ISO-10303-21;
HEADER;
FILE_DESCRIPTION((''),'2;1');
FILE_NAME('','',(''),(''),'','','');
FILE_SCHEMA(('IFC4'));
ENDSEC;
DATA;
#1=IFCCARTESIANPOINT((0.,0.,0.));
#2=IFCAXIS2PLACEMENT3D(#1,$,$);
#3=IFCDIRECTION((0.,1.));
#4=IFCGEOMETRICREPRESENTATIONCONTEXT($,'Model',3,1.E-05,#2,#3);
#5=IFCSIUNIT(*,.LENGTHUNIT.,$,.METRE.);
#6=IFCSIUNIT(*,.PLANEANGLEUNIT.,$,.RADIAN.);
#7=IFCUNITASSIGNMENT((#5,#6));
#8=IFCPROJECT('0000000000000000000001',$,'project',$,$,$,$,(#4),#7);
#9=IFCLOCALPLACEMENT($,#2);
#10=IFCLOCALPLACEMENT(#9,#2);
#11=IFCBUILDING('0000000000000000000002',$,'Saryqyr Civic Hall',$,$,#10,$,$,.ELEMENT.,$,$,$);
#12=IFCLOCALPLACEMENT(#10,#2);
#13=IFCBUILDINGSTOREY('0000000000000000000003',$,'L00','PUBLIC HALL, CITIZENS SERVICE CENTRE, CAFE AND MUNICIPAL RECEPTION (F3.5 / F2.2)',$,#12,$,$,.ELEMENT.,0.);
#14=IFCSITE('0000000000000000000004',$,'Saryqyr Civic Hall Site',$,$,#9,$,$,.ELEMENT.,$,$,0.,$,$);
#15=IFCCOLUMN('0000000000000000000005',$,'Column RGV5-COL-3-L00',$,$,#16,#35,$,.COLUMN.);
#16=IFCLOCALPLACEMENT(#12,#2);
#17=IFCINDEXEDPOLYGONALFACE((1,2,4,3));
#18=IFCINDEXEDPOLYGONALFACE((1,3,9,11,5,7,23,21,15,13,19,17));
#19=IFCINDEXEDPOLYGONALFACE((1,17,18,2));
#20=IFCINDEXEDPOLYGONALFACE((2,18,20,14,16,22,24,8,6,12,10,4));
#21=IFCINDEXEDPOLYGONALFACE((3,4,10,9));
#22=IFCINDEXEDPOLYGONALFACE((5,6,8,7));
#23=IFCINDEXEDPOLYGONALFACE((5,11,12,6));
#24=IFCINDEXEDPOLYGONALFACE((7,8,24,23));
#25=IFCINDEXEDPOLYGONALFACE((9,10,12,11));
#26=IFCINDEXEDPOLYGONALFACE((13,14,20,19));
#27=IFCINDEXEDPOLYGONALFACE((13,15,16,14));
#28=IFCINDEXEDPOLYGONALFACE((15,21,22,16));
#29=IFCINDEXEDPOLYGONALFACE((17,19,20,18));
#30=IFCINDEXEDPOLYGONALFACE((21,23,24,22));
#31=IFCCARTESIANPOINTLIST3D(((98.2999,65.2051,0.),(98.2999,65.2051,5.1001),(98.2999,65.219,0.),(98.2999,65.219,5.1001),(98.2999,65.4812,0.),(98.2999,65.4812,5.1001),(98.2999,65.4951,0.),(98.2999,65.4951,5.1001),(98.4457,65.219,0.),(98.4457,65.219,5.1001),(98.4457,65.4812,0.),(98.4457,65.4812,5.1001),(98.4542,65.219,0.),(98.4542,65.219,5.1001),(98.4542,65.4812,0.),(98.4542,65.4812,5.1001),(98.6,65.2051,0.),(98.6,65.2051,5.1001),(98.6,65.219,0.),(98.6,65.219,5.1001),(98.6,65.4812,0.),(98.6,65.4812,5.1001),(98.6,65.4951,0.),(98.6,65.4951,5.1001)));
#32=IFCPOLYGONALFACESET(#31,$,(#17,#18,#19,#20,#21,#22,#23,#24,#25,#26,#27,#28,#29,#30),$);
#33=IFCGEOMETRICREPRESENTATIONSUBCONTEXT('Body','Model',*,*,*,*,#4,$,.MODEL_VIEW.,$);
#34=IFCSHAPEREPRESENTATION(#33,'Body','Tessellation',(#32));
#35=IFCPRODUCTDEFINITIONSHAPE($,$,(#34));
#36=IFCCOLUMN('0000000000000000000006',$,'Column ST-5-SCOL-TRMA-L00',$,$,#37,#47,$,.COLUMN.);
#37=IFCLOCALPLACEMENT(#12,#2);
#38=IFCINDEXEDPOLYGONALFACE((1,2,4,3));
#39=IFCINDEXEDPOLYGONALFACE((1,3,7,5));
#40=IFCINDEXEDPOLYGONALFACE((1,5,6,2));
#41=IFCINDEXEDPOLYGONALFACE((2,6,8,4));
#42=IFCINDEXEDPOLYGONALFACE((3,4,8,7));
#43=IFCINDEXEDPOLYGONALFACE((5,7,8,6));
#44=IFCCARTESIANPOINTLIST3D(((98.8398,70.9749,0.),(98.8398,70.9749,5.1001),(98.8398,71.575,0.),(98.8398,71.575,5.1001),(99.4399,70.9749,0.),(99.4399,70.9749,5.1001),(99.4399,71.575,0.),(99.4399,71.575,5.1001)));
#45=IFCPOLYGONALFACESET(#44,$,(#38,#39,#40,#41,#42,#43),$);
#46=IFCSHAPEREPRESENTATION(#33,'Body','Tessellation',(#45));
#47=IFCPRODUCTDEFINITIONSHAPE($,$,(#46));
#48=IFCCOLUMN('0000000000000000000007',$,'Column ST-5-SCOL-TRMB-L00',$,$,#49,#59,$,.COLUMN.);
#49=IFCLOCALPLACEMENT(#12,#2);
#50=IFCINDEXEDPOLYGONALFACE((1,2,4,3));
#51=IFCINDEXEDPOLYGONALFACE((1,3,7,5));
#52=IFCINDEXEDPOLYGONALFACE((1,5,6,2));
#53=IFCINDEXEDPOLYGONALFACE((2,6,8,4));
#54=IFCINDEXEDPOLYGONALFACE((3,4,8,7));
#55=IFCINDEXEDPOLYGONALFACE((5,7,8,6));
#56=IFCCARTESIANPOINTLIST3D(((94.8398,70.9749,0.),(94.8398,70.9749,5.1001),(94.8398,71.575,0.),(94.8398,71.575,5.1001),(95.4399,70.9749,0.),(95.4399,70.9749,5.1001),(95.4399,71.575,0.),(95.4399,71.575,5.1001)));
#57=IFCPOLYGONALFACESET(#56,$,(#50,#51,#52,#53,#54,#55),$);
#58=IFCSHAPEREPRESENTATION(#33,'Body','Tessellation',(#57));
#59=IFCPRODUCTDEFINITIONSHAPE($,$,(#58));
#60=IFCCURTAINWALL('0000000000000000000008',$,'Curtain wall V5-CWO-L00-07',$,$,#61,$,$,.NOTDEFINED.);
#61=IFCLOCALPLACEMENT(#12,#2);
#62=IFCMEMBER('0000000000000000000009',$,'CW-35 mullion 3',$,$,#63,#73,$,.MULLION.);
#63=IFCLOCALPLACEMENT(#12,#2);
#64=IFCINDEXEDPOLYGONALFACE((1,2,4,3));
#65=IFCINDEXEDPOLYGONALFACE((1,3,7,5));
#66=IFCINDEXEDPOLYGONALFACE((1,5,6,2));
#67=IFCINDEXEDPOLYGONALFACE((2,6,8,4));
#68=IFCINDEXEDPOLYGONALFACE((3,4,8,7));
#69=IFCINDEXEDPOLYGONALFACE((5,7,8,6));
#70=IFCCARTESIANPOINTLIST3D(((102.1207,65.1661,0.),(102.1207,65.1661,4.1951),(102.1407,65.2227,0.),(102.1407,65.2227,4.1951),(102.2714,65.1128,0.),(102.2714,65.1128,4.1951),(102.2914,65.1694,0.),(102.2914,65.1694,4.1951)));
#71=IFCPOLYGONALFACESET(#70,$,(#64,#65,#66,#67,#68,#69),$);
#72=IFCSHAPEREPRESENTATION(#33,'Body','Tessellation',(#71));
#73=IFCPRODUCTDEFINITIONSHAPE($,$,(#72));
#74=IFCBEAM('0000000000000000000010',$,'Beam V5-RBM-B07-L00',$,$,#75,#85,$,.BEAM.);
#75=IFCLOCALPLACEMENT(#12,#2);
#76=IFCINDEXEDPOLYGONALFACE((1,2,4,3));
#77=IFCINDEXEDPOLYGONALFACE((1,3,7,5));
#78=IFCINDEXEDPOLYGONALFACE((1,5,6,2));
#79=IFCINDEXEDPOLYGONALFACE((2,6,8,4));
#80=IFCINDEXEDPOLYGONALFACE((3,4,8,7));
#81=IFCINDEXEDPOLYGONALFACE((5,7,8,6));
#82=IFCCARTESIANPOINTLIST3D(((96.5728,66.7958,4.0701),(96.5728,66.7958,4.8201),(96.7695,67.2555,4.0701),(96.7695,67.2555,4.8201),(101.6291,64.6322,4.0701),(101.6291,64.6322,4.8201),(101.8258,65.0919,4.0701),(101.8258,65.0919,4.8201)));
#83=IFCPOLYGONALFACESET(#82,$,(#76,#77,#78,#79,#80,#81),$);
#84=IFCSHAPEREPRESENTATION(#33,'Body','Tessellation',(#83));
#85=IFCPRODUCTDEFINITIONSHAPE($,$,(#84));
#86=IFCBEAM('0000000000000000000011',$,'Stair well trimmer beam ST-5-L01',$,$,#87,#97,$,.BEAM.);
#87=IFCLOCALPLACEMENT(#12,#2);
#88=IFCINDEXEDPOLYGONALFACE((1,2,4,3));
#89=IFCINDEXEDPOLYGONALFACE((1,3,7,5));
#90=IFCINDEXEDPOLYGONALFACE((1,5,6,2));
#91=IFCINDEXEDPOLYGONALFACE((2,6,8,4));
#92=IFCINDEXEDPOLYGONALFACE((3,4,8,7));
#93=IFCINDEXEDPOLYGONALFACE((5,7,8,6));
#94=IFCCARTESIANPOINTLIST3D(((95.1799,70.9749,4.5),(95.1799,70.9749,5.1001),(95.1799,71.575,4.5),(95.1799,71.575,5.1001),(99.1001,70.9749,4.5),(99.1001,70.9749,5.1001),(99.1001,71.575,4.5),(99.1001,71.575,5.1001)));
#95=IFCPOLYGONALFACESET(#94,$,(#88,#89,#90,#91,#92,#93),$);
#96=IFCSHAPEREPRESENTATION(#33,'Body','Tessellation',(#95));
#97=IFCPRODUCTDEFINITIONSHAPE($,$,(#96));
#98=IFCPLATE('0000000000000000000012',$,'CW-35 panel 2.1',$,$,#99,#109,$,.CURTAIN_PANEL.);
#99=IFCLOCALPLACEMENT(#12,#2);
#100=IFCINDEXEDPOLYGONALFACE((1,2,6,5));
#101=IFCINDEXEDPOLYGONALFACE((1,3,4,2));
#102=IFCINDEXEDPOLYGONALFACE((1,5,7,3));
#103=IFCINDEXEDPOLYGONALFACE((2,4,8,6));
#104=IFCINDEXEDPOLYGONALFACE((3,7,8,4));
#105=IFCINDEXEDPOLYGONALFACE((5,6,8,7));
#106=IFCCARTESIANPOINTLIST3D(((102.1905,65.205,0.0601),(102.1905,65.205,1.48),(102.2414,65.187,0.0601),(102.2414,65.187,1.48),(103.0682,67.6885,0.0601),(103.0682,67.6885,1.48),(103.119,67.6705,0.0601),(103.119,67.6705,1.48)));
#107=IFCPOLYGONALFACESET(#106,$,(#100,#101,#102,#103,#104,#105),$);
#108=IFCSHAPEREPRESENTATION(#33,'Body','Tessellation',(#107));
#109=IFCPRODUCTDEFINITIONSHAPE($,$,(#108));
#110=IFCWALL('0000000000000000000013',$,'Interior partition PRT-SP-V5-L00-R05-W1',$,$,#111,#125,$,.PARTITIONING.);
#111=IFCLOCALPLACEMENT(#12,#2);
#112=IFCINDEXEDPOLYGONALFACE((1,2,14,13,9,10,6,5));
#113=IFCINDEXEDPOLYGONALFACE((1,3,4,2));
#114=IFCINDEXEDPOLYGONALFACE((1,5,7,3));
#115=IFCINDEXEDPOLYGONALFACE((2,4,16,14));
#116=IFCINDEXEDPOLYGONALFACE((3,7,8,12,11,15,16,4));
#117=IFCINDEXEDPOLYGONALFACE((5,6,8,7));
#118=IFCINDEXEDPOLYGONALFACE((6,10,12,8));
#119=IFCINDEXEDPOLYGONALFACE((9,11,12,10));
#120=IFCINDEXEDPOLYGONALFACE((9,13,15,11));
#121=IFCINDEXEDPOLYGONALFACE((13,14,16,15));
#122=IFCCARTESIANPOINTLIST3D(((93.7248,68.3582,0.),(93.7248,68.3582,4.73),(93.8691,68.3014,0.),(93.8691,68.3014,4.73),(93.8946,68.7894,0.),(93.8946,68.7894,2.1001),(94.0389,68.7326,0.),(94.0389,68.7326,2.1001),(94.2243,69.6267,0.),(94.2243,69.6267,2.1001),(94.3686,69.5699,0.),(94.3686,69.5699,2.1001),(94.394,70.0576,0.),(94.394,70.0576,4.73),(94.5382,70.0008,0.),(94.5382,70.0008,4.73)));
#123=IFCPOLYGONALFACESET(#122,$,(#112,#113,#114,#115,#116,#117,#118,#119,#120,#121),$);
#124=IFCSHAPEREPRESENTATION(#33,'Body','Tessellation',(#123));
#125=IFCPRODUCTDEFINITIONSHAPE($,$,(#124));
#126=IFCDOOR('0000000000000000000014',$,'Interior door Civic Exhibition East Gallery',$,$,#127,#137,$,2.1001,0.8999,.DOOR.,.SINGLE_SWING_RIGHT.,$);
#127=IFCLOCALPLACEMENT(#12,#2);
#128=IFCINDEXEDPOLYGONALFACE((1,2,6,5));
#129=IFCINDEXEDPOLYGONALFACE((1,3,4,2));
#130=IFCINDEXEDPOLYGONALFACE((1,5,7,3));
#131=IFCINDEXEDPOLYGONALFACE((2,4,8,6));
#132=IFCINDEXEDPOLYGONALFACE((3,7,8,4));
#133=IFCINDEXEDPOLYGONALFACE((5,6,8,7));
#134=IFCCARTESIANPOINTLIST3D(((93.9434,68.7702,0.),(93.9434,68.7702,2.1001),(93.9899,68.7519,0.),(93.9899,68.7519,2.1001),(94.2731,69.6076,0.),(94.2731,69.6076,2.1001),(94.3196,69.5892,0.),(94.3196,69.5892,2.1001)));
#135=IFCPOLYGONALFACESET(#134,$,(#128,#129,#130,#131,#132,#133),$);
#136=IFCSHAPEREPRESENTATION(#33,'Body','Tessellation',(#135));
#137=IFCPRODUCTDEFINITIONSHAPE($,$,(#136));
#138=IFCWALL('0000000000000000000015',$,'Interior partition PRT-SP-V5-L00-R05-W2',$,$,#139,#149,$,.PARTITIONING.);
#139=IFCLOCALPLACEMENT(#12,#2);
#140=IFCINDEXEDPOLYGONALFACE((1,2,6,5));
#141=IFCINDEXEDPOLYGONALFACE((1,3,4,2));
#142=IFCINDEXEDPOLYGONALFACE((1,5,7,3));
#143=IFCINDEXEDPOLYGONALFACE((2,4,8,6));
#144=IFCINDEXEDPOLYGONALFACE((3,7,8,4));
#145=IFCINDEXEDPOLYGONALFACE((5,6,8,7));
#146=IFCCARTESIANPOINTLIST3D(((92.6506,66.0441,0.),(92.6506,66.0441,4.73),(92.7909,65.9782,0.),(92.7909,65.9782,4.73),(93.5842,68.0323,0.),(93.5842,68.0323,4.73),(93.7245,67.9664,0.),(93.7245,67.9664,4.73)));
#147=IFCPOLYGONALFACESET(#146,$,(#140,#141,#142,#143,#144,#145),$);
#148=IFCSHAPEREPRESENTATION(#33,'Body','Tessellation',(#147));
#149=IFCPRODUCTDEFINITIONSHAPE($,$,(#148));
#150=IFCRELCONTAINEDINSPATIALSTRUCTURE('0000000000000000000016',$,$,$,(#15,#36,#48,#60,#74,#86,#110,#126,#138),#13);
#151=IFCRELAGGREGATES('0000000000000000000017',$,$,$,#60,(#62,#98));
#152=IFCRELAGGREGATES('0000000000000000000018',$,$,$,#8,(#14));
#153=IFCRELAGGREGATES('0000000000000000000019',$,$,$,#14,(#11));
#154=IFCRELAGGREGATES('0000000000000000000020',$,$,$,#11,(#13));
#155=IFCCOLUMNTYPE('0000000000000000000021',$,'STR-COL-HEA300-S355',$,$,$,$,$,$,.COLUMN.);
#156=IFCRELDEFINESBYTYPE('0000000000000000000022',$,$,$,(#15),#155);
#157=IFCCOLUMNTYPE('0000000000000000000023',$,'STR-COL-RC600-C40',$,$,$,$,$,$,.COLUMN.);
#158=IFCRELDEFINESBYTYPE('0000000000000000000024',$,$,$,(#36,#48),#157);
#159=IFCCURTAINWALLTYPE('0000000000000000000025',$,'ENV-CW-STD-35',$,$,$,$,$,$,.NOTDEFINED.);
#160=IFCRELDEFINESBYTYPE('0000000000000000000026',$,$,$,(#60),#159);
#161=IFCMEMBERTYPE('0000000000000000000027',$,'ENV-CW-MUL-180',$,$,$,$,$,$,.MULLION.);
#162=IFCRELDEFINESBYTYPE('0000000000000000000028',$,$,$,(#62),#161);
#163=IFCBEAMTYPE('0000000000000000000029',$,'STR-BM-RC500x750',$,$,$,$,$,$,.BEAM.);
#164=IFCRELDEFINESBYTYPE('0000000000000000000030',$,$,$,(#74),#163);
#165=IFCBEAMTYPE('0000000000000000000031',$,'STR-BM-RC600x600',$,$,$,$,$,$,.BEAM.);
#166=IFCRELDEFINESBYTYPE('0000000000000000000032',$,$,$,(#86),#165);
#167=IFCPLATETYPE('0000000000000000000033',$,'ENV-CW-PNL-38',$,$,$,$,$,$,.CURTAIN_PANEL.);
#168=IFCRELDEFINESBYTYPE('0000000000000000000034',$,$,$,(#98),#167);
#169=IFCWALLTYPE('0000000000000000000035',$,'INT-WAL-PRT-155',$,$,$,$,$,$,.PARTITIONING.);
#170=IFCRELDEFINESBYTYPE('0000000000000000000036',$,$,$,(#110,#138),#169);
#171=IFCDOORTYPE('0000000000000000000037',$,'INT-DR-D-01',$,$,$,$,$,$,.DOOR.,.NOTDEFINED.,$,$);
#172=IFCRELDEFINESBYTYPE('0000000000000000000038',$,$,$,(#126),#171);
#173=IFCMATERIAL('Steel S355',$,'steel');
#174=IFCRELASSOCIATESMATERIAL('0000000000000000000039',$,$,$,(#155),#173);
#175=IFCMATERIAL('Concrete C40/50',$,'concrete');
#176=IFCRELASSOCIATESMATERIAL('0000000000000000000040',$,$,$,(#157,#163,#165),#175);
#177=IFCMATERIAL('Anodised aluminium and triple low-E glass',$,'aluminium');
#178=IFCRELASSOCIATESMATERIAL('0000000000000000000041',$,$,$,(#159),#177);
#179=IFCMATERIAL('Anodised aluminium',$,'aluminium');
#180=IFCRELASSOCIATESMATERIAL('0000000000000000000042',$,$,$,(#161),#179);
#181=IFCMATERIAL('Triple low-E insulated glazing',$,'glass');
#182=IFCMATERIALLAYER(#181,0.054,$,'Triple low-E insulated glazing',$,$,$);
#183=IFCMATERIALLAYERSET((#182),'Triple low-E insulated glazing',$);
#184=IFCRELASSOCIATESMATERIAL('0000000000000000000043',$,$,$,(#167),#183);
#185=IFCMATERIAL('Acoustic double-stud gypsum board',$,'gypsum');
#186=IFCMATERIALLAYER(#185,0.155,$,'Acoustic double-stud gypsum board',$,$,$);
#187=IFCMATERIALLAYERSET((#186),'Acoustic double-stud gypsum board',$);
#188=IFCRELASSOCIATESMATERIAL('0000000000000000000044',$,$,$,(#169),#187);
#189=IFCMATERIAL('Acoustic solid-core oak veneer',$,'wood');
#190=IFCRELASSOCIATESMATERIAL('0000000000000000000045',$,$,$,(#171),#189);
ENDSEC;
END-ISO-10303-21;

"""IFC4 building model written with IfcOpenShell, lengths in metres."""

from ifc_helpers import new_model, si_unit, direction, frame, frame_2d, origin, origin_2d, place, context, subcontext, project, spatial, rectangle, i_section, extrude, material, layer, layer_set, material_profile, profile_set, type_object, element, fill, aggregate, save


model = new_model("IFC4")

# Units and contexts
model_context = context("Model", 3, precision=1e-05, world=origin(), true_north=direction((0.0, 1.0)))
body_context = subcontext(model_context, "Body", "Model", "MODEL_VIEW")
ifc_project = project(units=[si_unit("LENGTHUNIT", "METRE"), si_unit("PLANEANGLEUNIT", "RADIAN")], contexts=[model_context])

# Site, building, storey
site_placement = place(None, origin())
site = spatial("IfcSite", under=ifc_project, at=site_placement, Name="Saryqyr Civic Hall Site", CompositionType="ELEMENT", RefElevation=0.0)
building_placement = place(site_placement, origin())
building = spatial("IfcBuilding", under=site, at=building_placement, Name="Saryqyr Civic Hall", CompositionType="ELEMENT")
storey_placement = place(building_placement, origin())
storey = spatial("IfcBuildingStorey", under=building, at=storey_placement, Name="L00", Description="PUBLIC HALL, CITIZENS SERVICE CENTRE, CAFE AND MUNICIPAL RECEPTION (F3.5 / F2.2)", CompositionType="ELEMENT", Elevation=0.0)

# Columns
ifc_material_1 = material(Name="Steel S355", Category="steel")
ifc_material_profile_1 = material_profile(ifc_material_1, i_section(OverallWidth=0.3, OverallDepth=0.29, WebThickness=0.0085, FlangeThickness=0.0139, at=origin_2d()), Name="HEA 300")
ifc_profile_set_1 = profile_set([ifc_material_profile_1], Name="Steel S355")
column_type_1 = type_object("IfcColumnType", Name="STR-COL-HEA300-S355", PredefinedType="COLUMN", material=ifc_profile_set_1)
column_1_placement = place(storey_placement, frame((98.45, 65.3501, 0.0), z_axis=(0.0, 0.0, 1.0), x_axis=(1.0, 0.0, 0.0)))
element("IfcColumn", 1, at=column_1_placement, inside=storey, type_object=column_type_1, Name="Column RGV5-COL-3-L00", PredefinedType="COLUMN", context=body_context, shape_type="SweptSolid", body=[
    extrude(i_section(OverallWidth=0.3, OverallDepth=0.29, WebThickness=0.0085, FlangeThickness=0.0139, at=origin_2d()), origin(), (0.0, 0.0, 1.0), 5.1001),
])
ifc_material_2 = material(Name="Concrete C40/50", Category="concrete")
ifc_material_profile_2 = material_profile(ifc_material_2, rectangle(XDim=0.6001, YDim=0.6001, at=origin_2d()), Name="RC 600x600")
ifc_profile_set_2 = profile_set([ifc_material_profile_2], Name="Concrete C40/50")
column_type_2 = type_object("IfcColumnType", Name="STR-COL-RC600-C40", PredefinedType="COLUMN", material=ifc_profile_set_2)
for number, where, z_axis, x_axis, name in (
    (2, (99.1399, 71.2749, 0.0), (0.0, 0.0, 1.0), (1.0, 0.0, 0.0), "Column ST-5-SCOL-TRMA-L00"),
    (3, (95.1399, 71.2749, 0.0), (0.0, 0.0, 1.0), (1.0, 0.0, 0.0), "Column ST-5-SCOL-TRMB-L00"),
):
    element("IfcColumn", number, at=place(storey_placement, frame(where, z_axis=z_axis, x_axis=x_axis)), inside=storey, type_object=column_type_2, Name=name, PredefinedType="COLUMN", context=body_context, shape_type="SweptSolid", body=[
        extrude(rectangle(XDim=0.6001, YDim=0.6001, at=origin_2d()), origin(), (0.0, 0.0, 1.0), 5.1001),
    ])

# Curtain wall, member
ifc_material_3 = material(Name="Anodised aluminium and triple low-E glass", Category="aluminium")
curtain_wall_type = type_object("IfcCurtainWallType", Name="ENV-CW-STD-35", PredefinedType="NOTDEFINED", material=ifc_material_3)
curtain_wall_placement = place(storey_placement, origin())
curtain_wall = element("IfcCurtainWall", 4, at=curtain_wall_placement, inside=storey, type_object=curtain_wall_type, Name="Curtain wall V5-CWO-L00-07", PredefinedType="NOTDEFINED")
ifc_material_4 = material(Name="Anodised aluminium", Category="aluminium")
ifc_material_profile_3 = material_profile(ifc_material_4, rectangle(XDim=0.0601, YDim=0.1599, at=origin_2d()), Name="ALU MULLION 60x160")
ifc_profile_set_3 = profile_set([ifc_material_profile_3], Name="Anodised aluminium")
member_type = type_object("IfcMemberType", Name="ENV-CW-MUL-180", PredefinedType="MULLION", material=ifc_profile_set_3)
member_placement = place(storey_placement, frame((102.2061, 65.1677, 0.0), z_axis=(0.0, 0.0, 1.0), x_axis=(-0.333181, -0.942863, 0.0)))
member = element("IfcMember", 5, at=member_placement, type_object=member_type, Name="CW-35 mullion 3", PredefinedType="MULLION", context=body_context, shape_type="SweptSolid", body=[
    extrude(rectangle(XDim=0.0601, YDim=0.1599, at=origin_2d()), origin(), (0.0, 0.0, 1.0), 4.1951),
])

# Beams
ifc_material_profile_4 = material_profile(ifc_material_2, rectangle(XDim=0.5, YDim=0.75, at=origin_2d()), Name="RC 500x750")
ifc_profile_set_4 = profile_set([ifc_material_profile_4], Name="Concrete C40/50")
beam_type_1 = type_object("IfcBeamType", Name="STR-BM-RC500x750", PredefinedType="BEAM", material=ifc_profile_set_4)
beam_1_placement = place(storey_placement, frame((96.6711, 67.0256, 4.4451), z_axis=(0.919372, -0.393389, 0.0), x_axis=(0.393389, 0.919372, 0.0)))
element("IfcBeam", 6, at=beam_1_placement, inside=storey, type_object=beam_type_1, Name="Beam V5-RBM-B07-L00", PredefinedType="BEAM", context=body_context, shape_type="SweptSolid", body=[
    extrude(rectangle(XDim=0.5, YDim=0.75, at=origin_2d()), origin(), (0.0, 0.0, 1.0), 5.4998),
])
ifc_material_profile_5 = material_profile(ifc_material_2, rectangle(XDim=0.6001, YDim=0.6001, at=origin_2d()), Name="RC 600x600")
ifc_profile_set_5 = profile_set([ifc_material_profile_5], Name="Concrete C40/50")
beam_type_2 = type_object("IfcBeamType", Name="STR-BM-RC600x600", PredefinedType="BEAM", material=ifc_profile_set_5)
beam_2_placement = place(storey_placement, frame((99.1001, 71.2749, 4.8), z_axis=(-1.0, 0.0, 0.0), x_axis=(0.0, -1.0, 0.0)))
element("IfcBeam", 7, at=beam_2_placement, inside=storey, type_object=beam_type_2, Name="Stair well trimmer beam ST-5-L01", PredefinedType="BEAM", context=body_context, shape_type="SweptSolid", body=[
    extrude(rectangle(XDim=0.6001, YDim=0.6001, at=origin_2d()), origin(), (0.0, 0.0, 1.0), 3.9202),
])

# Plate
ifc_material_5 = material(Name="Triple low-E insulated glazing", Category="glass")
ifc_layer_1 = layer(ifc_material_5, 0.054, Name="Triple low-E insulated glazing")
ifc_layer_set_1 = layer_set([ifc_layer_1], Name="Triple low-E insulated glazing")
plate_type = type_object("IfcPlateType", Name="ENV-CW-PNL-38", PredefinedType="CURTAIN_PANEL", material=ifc_layer_set_1)
plate_placement = place(storey_placement, frame((102.6548, 66.4377, 0.0601), z_axis=(0.0, 0.0, 1.0), x_axis=(-0.333181, -0.942863, 0.0)))
plate = element("IfcPlate", 8, at=plate_placement, type_object=plate_type, Name="CW-35 panel 2.1", PredefinedType="CURTAIN_PANEL", context=body_context, shape_type="SweptSolid", body=[
    extrude(rectangle(XDim=2.634, YDim=0.054, at=origin_2d()), origin(), (0.0, 0.0, 1.0), 1.4199),
])
aggregate(curtain_wall, [member, plate])

# Wall, opening, door
ifc_material_6 = material(Name="Acoustic double-stud gypsum board", Category="gypsum")
ifc_layer_2 = layer(ifc_material_6, 0.155, Name="Acoustic double-stud gypsum board")
ifc_layer_set_2 = layer_set([ifc_layer_2], Name="Acoustic double-stud gypsum board")
wall_type_1 = type_object("IfcWallType", Name="INT-WAL-PRT-155", PredefinedType="PARTITIONING", material=ifc_layer_set_2)
wall_1_placement = place(storey_placement, frame((94.4661, 70.0291, 0.0), z_axis=(0.0, 0.0, 1.0), x_axis=(-0.366384, -0.930464, 0.0)))
wall_1 = element("IfcWall", 9, at=wall_1_placement, inside=storey, type_object=wall_type_1, Name="Interior partition PRT-SP-V5-L00-R05-W1", PredefinedType="PARTITIONING", context=body_context, shape_type="SweptSolid", body=[
    extrude(rectangle(XDim=1.8264, YDim=0.155, at=frame_2d((0.9131, 0.0))), origin(), (0.0, 0.0, 1.0), 4.73),
])
opening_1_placement = place(wall_1_placement, frame((0.4629, 0.0, 0.0)))
opening_1 = element("IfcOpeningElement", 10, at=opening_1_placement, cuts=wall_1, PredefinedType="OPENING", context=body_context, shape_type="SweptSolid", body=[
    extrude(rectangle(XDim=0.8999, YDim=2.1001, at=frame_2d((0.45, 1.05))), frame((0.0, 0.0874, 0.0), z_axis=(0.0, -1.0, 0.0), x_axis=(1.0, 0.0, 0.0)), (0.0, 0.0, 1.0), 0.175),
])
ifc_material_7 = material(Name="Acoustic solid-core oak veneer", Category="wood")
door_type_1 = type_object("IfcDoorType", Name="INT-DR-D-01", OperationType="NOTDEFINED", PredefinedType="DOOR", material=ifc_material_7)
door_1_placement = place(opening_1_placement, origin())
door_1 = element("IfcDoor", 11, at=door_1_placement, inside=storey, type_object=door_type_1, Name="Interior door Civic Exhibition East Gallery", OperationType="SINGLE_SWING_RIGHT", OverallHeight=2.1001, OverallWidth=0.8999, PredefinedType="DOOR", context=body_context, shape_type="SweptSolid", body=[
    extrude(rectangle(XDim=0.8999, YDim=2.1001, at=frame_2d((0.45, 1.05))), frame((0.0, 0.0249, 0.0), z_axis=(0.0, -1.0, 0.0), x_axis=(1.0, 0.0, 0.0)), (0.0, 0.0, 1.0), 0.05),
])
fill(opening_1, door_1)

# Wall
wall_2_placement = place(storey_placement, frame((93.6543, 67.9993, 0.0), z_axis=(0.0, 0.0, 1.0), x_axis=(-0.425026, -0.905181, 0.0)))
element("IfcWall", 12, at=wall_2_placement, inside=storey, type_object=wall_type_1, Name="Interior partition PRT-SP-V5-L00-R05-W2", PredefinedType="PARTITIONING", context=body_context, shape_type="SweptSolid", body=[
    extrude(rectangle(XDim=2.1965, YDim=0.155, at=frame_2d((1.0981, 0.0))), origin(), (0.0, 0.0, 1.0), 4.73),
])

save(model, "model.ifc")
